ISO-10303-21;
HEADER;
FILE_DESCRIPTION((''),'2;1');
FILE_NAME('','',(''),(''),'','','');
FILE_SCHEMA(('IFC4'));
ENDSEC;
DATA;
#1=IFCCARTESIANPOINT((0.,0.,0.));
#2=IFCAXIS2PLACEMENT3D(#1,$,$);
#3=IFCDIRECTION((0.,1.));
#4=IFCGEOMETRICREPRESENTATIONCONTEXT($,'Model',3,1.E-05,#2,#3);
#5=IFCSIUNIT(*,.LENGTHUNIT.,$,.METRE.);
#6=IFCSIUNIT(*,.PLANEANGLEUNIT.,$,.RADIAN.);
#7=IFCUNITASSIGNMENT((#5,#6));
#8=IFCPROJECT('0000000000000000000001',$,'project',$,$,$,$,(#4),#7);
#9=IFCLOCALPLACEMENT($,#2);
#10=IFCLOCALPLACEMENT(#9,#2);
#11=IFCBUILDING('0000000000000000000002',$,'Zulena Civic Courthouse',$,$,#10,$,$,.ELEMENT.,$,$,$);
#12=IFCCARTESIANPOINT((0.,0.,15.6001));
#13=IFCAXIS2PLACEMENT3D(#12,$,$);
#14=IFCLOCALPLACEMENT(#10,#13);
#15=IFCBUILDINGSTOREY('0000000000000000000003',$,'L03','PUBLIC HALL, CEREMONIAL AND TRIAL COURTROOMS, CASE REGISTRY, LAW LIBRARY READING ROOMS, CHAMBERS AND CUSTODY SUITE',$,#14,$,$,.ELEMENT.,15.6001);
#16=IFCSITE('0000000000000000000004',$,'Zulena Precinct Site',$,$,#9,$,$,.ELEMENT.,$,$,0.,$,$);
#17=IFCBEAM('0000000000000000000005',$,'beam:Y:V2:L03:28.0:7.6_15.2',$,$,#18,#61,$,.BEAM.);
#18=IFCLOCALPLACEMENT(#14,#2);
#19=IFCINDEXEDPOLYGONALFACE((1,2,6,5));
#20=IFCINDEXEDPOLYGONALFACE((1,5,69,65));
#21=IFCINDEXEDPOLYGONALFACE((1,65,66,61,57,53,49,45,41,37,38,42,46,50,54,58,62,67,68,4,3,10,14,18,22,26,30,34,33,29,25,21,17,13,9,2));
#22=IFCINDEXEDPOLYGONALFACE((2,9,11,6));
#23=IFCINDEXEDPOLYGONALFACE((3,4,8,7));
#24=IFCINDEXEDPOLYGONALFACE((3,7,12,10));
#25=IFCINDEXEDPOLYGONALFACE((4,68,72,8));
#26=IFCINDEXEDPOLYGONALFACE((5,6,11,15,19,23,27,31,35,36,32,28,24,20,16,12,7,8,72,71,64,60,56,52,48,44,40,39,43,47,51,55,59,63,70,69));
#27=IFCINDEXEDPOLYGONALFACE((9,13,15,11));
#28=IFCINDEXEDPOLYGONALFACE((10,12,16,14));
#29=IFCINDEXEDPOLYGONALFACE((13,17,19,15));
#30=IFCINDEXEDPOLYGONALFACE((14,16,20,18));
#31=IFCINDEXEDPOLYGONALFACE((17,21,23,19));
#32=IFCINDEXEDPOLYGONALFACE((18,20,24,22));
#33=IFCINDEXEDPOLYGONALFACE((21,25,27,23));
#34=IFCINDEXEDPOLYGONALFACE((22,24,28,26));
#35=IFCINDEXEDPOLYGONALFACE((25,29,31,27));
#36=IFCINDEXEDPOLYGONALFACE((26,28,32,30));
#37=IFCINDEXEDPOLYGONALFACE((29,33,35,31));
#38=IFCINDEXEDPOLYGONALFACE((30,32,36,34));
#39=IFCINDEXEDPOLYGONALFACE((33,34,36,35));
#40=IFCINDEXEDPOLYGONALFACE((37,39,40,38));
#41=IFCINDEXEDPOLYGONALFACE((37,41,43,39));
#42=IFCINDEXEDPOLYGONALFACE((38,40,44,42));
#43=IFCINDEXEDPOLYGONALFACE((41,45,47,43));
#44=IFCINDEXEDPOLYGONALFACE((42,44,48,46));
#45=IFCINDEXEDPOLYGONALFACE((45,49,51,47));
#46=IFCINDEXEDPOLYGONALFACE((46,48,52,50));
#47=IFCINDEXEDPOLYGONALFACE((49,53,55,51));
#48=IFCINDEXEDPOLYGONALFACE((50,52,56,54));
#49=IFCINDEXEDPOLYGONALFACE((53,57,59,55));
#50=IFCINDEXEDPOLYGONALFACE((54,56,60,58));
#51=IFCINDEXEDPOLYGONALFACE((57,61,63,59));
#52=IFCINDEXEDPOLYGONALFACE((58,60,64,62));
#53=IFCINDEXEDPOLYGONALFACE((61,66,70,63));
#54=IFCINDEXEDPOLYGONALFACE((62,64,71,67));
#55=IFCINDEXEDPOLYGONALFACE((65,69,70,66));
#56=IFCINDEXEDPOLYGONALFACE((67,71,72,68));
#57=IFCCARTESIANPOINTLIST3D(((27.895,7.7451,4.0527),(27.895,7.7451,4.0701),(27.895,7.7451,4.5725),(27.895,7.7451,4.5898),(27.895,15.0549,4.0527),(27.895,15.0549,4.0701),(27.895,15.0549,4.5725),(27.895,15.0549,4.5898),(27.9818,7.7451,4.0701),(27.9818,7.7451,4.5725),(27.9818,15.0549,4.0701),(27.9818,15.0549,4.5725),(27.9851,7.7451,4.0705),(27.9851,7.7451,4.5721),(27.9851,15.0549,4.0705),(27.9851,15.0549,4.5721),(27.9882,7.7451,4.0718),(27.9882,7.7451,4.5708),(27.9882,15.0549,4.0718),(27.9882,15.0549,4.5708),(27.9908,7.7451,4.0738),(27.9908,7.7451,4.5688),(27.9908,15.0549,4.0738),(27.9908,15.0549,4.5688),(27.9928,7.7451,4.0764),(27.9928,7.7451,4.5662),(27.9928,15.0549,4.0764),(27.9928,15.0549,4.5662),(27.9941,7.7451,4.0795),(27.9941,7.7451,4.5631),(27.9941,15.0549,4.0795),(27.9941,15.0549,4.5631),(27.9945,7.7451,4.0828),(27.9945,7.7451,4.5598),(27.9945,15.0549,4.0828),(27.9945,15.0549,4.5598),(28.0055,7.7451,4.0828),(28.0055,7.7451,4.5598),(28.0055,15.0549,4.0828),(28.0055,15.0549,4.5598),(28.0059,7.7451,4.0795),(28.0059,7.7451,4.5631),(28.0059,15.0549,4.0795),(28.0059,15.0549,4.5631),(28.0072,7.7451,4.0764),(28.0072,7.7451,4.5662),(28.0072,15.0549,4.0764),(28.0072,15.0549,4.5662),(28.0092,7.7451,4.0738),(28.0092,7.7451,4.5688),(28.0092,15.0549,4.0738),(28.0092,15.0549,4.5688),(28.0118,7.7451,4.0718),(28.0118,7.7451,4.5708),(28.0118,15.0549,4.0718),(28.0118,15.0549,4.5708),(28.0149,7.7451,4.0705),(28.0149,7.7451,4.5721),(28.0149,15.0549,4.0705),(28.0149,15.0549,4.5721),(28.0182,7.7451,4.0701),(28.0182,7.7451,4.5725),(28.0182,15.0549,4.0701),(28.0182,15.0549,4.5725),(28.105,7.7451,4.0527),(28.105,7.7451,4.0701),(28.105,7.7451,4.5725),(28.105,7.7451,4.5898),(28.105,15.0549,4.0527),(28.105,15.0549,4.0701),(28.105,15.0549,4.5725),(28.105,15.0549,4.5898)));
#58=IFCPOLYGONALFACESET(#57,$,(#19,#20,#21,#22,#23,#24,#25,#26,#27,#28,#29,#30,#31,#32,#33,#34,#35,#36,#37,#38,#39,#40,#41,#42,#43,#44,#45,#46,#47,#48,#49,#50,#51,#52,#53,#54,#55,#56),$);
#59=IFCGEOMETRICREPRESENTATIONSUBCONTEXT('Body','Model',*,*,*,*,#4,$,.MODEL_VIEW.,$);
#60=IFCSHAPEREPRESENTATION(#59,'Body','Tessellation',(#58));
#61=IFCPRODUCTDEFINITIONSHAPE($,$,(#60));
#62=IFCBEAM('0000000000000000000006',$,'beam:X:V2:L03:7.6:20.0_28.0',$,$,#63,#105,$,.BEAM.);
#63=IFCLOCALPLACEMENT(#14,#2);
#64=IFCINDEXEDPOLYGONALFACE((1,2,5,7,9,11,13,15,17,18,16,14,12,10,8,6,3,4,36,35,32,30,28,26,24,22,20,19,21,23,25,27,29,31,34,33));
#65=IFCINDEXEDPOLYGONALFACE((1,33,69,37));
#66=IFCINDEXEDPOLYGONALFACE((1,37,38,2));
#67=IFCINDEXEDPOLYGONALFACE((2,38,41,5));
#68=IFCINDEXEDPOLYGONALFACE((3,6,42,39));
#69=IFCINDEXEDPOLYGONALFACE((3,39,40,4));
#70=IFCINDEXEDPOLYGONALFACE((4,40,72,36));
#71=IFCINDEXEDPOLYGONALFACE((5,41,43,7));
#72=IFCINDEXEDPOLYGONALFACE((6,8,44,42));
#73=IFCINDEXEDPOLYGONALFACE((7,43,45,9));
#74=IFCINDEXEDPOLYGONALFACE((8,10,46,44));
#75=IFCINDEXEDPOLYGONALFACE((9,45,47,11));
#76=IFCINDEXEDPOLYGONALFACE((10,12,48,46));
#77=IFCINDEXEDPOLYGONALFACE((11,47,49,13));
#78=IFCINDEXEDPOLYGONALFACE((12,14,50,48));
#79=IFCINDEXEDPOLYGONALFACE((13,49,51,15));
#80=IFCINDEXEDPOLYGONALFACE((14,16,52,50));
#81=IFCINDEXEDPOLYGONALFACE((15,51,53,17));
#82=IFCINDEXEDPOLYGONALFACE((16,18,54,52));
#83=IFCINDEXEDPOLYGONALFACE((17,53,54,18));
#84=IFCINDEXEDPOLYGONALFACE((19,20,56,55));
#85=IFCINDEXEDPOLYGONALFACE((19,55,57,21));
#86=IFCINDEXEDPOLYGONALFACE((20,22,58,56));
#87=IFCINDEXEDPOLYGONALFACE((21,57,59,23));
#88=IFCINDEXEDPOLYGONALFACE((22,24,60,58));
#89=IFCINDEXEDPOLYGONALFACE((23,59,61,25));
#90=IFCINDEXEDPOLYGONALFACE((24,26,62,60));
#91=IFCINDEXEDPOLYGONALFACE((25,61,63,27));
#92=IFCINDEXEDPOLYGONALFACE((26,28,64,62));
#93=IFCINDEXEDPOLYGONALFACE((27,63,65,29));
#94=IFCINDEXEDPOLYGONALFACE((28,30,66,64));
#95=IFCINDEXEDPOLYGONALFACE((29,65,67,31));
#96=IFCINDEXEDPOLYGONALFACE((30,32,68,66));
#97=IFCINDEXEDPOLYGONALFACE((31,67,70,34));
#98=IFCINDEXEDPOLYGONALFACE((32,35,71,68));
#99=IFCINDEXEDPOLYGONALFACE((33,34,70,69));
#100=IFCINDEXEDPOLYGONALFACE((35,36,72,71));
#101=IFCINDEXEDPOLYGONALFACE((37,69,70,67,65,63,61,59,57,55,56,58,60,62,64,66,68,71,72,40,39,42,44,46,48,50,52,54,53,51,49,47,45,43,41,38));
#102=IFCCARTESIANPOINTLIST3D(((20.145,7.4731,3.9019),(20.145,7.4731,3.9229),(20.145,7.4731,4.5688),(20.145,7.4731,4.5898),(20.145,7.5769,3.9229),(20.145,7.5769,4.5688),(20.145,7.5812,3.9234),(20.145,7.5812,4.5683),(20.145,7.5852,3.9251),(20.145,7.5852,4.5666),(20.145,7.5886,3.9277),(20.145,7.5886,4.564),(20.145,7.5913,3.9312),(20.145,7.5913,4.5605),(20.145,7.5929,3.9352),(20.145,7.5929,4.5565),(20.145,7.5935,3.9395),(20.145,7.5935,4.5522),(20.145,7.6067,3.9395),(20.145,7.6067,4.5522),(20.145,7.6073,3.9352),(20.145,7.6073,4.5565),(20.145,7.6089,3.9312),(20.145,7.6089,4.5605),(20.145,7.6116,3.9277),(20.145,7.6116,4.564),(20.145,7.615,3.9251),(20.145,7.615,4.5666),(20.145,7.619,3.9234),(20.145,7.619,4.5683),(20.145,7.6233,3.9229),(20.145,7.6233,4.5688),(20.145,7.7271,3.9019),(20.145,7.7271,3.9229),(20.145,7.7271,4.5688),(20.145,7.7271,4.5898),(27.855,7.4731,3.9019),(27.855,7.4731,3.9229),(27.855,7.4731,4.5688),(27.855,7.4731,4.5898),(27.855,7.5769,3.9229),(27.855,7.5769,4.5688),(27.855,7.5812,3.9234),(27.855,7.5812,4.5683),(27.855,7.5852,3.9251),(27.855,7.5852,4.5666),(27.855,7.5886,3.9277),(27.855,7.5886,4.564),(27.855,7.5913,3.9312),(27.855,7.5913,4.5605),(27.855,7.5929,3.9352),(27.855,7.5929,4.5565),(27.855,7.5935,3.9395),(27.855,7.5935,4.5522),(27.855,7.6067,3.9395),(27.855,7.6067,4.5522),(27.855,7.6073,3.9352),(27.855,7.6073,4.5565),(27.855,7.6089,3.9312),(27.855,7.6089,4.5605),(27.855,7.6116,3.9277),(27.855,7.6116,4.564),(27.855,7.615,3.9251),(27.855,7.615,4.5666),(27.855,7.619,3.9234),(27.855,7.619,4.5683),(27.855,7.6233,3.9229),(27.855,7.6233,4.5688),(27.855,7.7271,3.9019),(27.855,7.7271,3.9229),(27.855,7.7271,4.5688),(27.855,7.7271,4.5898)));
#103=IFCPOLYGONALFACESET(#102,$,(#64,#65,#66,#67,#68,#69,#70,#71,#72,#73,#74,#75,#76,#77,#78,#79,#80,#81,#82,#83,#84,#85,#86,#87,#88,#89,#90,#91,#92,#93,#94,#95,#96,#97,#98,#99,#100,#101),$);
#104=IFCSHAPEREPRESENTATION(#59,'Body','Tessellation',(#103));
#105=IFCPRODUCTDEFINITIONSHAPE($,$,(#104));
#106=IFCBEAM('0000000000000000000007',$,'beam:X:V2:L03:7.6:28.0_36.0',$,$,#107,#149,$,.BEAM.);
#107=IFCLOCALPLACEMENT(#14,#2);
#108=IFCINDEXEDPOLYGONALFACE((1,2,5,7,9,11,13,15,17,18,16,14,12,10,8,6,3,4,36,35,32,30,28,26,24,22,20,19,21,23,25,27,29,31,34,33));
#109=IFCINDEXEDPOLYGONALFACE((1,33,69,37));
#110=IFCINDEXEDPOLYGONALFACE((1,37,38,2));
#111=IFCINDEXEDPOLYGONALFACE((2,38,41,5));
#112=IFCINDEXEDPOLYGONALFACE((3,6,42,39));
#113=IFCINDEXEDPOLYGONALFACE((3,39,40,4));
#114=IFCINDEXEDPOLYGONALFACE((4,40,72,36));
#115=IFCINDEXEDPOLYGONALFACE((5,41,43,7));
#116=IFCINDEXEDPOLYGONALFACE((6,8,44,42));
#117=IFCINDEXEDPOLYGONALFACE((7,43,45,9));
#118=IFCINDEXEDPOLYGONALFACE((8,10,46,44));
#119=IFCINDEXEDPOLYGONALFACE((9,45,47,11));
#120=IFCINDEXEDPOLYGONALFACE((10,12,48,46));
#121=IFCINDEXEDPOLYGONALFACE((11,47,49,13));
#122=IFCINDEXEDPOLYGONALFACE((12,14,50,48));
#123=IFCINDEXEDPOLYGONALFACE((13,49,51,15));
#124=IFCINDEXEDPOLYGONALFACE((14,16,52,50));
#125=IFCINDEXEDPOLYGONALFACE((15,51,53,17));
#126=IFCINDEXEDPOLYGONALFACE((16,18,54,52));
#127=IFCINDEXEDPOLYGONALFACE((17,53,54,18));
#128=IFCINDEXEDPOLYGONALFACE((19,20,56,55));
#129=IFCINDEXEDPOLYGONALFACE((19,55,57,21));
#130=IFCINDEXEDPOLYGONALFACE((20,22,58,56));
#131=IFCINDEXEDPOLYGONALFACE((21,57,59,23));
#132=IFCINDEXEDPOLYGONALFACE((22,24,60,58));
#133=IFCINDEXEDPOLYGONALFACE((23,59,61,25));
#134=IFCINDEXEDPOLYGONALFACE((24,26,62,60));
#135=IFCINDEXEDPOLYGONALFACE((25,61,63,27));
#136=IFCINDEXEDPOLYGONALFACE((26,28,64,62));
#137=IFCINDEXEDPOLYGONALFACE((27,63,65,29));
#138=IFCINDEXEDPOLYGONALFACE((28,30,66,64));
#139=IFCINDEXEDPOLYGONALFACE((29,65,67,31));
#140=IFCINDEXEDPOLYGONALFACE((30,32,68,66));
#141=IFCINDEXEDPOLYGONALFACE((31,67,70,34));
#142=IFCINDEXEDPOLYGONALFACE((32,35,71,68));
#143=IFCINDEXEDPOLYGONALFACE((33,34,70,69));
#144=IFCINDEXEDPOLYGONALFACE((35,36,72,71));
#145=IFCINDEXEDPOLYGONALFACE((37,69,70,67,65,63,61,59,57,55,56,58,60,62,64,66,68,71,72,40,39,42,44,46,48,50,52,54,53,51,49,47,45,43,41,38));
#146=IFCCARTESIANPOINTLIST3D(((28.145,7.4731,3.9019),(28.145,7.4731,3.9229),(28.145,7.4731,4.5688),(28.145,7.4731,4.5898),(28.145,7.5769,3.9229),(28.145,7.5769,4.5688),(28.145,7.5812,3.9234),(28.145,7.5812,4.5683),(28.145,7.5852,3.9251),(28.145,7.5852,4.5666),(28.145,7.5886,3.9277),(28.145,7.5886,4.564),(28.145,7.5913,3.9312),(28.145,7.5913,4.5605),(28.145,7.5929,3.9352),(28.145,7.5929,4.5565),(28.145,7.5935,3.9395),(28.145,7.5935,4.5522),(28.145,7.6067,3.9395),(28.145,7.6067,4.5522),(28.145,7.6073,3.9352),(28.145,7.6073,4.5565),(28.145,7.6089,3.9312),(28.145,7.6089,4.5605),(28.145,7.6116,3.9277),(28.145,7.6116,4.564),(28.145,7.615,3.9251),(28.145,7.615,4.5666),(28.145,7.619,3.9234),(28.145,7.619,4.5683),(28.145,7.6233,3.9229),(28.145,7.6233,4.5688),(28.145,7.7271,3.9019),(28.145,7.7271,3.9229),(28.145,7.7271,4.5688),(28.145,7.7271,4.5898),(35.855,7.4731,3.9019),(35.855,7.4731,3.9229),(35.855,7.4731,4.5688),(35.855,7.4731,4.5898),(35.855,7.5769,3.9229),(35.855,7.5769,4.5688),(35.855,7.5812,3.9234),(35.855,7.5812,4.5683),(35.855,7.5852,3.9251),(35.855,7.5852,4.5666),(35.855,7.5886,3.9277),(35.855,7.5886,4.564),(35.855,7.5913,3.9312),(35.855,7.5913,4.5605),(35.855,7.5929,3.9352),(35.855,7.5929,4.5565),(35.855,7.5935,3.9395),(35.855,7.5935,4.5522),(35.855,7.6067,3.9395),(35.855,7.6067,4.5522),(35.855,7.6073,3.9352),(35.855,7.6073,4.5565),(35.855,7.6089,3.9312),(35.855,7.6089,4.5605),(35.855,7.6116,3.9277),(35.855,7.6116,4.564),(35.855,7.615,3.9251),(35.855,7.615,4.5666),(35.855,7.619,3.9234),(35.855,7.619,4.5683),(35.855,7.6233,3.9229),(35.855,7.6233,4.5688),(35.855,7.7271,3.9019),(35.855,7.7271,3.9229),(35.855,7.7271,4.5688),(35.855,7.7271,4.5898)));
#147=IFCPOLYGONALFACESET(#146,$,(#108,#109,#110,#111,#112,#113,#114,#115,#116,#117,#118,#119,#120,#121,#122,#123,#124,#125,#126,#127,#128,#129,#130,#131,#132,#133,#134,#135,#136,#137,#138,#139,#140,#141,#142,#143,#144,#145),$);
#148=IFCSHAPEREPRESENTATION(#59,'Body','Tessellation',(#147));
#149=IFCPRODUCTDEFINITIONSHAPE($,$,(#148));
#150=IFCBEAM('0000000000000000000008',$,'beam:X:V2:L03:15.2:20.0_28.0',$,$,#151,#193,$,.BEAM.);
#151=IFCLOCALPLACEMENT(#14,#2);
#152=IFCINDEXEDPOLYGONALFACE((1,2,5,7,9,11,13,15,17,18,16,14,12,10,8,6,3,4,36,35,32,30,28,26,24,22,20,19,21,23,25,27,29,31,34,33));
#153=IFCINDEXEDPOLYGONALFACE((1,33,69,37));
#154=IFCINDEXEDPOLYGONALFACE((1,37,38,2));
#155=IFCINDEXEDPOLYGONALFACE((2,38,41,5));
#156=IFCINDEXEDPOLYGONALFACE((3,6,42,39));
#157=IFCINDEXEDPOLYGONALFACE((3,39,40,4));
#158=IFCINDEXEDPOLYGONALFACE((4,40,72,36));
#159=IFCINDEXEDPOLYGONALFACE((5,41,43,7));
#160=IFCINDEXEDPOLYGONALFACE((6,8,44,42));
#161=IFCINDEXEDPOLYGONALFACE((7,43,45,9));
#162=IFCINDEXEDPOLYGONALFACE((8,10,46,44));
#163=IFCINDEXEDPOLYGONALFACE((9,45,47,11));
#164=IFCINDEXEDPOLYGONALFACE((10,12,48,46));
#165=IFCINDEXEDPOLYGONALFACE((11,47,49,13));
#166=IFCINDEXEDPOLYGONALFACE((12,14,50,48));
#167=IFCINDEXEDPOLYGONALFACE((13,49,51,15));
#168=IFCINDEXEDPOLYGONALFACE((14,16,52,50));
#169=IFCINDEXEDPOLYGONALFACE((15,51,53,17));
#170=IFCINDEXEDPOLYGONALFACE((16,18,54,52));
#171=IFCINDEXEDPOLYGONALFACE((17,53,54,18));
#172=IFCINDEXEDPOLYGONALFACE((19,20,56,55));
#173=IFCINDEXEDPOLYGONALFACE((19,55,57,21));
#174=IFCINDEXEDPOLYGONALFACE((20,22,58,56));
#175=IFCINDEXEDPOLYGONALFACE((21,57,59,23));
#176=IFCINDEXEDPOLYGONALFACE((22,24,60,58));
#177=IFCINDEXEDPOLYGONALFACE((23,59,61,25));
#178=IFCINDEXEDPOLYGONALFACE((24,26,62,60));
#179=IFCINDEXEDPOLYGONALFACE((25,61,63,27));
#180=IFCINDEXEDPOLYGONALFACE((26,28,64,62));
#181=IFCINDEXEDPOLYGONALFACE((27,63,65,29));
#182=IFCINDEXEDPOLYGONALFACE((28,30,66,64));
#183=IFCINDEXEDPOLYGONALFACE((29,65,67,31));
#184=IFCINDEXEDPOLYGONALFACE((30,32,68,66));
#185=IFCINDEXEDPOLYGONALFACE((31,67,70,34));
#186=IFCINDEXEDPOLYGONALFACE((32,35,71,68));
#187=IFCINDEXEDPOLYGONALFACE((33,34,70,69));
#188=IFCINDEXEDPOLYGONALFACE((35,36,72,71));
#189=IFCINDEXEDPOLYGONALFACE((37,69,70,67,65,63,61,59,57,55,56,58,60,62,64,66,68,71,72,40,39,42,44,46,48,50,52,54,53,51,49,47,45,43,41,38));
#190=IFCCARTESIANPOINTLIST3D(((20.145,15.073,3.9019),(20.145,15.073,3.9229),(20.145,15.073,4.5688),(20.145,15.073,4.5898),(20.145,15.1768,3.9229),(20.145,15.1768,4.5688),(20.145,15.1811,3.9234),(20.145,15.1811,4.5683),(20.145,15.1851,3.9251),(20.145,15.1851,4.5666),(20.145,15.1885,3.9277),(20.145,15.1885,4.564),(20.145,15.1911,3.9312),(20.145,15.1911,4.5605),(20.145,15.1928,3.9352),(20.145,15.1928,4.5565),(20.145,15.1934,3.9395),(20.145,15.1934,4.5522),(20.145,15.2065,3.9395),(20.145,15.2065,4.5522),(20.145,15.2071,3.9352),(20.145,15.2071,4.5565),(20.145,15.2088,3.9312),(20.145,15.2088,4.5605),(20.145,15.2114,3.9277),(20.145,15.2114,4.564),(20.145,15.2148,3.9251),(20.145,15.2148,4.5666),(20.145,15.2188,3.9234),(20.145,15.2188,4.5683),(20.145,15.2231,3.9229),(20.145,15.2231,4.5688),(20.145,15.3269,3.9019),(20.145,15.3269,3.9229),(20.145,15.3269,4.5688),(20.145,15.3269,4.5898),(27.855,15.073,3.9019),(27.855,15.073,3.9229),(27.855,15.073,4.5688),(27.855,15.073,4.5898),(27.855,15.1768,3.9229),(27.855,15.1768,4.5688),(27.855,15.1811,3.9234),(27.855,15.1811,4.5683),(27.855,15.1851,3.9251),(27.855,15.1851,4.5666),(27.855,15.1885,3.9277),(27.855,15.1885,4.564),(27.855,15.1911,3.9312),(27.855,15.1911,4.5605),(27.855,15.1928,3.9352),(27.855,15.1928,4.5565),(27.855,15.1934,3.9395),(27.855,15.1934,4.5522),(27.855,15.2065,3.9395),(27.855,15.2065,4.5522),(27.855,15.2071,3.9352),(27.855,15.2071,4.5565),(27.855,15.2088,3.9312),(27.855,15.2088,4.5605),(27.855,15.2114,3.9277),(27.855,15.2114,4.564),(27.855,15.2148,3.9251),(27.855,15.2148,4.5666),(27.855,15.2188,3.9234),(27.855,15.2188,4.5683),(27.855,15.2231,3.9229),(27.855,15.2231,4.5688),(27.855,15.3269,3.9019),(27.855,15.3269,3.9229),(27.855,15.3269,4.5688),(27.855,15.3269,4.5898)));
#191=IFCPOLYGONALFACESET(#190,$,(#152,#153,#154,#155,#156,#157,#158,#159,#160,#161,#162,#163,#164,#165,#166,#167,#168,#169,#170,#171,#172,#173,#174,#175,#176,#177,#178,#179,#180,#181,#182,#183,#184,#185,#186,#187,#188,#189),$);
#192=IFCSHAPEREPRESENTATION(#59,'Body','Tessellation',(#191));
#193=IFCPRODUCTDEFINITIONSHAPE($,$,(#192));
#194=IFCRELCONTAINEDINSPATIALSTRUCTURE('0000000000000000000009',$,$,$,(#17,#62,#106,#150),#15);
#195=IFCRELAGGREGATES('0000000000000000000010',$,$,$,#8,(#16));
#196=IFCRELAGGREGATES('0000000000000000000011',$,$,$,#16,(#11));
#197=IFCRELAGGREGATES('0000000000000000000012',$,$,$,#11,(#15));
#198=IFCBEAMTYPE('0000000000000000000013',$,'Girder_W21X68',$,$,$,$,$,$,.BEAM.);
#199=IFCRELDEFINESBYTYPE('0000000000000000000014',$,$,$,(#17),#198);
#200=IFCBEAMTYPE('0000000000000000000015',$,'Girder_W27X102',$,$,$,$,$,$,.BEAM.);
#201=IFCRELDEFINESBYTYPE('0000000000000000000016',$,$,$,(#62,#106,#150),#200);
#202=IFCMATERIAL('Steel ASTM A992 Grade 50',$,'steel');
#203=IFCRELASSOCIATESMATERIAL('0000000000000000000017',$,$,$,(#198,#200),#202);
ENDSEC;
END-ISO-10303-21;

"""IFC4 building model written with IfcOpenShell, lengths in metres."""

from ifc_helpers import new_model, si_unit, direction, frame, origin, origin_2d, place, context, subcontext, project, spatial, i_section, extrude, material, material_profile, profile_set, type_object, element, save


model = new_model("IFC4")

# Units and contexts
model_context = context("Model", 3, precision=1e-05, world=origin(), true_north=direction((0.0, 1.0)))
body_context = subcontext(model_context, "Body", "Model", "MODEL_VIEW")
ifc_project = project(units=[si_unit("LENGTHUNIT", "METRE"), si_unit("PLANEANGLEUNIT", "RADIAN")], contexts=[model_context])

# Site, building, storey
site_placement = place(None, origin())
site = spatial("IfcSite", under=ifc_project, at=site_placement, Name="Zulena Precinct Site", CompositionType="ELEMENT", RefElevation=0.0)
building_placement = place(site_placement, origin())
building = spatial("IfcBuilding", under=site, at=building_placement, Name="Zulena Civic Courthouse", CompositionType="ELEMENT")
storey_placement = place(building_placement, frame((0.0, 0.0, 15.6001)))
storey = spatial("IfcBuildingStorey", under=building, at=storey_placement, Name="L03", Description="PUBLIC HALL, CEREMONIAL AND TRIAL COURTROOMS, CASE REGISTRY, LAW LIBRARY READING ROOMS, CHAMBERS AND CUSTODY SUITE", CompositionType="ELEMENT", Elevation=15.6001)

# Shared definitions
ifc_material_1 = material(Name="Steel ASTM A992 Grade 50", Category="steel")

# Beams
ifc_material_profile_1 = material_profile(ifc_material_1, i_section(OverallWidth=0.21, OverallDepth=0.5371, WebThickness=0.011, FlangeThickness=0.0173, FilletRadius=0.0127, at=origin_2d()), Name="W21X68")
ifc_profile_set_1 = profile_set([ifc_material_profile_1], Name="Steel ASTM A992 Grade 50")
beam_type_1 = type_object("IfcBeamType", Name="Girder_W21X68", PredefinedType="BEAM", material=ifc_profile_set_1)
for number, where, z_axis, x_axis, name in (
    (1, (28.0, 7.7451, 4.3213), (0.0, 1.0, 0.0), (-1.0, 0.0, 0.0), "beam:Y:V2:L03:28.0:7.6_15.2"),
):
    element("IfcBeam", number, at=place(storey_placement, frame(where, z_axis=z_axis, x_axis=x_axis)), inside=storey, type_object=beam_type_1, Name=name, PredefinedType="BEAM", context=body_context, shape_type="SweptSolid", body=[
        extrude(i_section(OverallWidth=0.21, OverallDepth=0.5371, WebThickness=0.011, FlangeThickness=0.0173, FilletRadius=0.0127, at=origin_2d()), origin(), (0.0, 0.0, 1.0), 7.3098),
    ])
ifc_material_profile_2 = material_profile(ifc_material_1, i_section(OverallWidth=0.2539, OverallDepth=0.688, WebThickness=0.0132, FlangeThickness=0.021, FilletRadius=0.0166, at=origin_2d()), Name="W27X102")
ifc_profile_set_2 = profile_set([ifc_material_profile_2], Name="Steel ASTM A992 Grade 50")
beam_type_2 = type_object("IfcBeamType", Name="Girder_W27X102", PredefinedType="BEAM", material=ifc_profile_set_2)
for number, where, z_axis, x_axis, name in (
    (2, (20.145, 7.6001, 4.2458), (1.0, 0.0, 0.0), (0.0, 1.0, 0.0), "beam:X:V2:L03:7.6:20.0_28.0"),
    (3, (28.145, 7.6001, 4.2458), (1.0, 0.0, 0.0), (0.0, 1.0, 0.0), "beam:X:V2:L03:7.6:28.0_36.0"),
    (4, (20.145, 15.2, 4.2458), (1.0, 0.0, 0.0), (0.0, 1.0, 0.0), "beam:X:V2:L03:15.2:20.0_28.0"),
):
    element("IfcBeam", number, at=place(storey_placement, frame(where, z_axis=z_axis, x_axis=x_axis)), inside=storey, type_object=beam_type_2, Name=name, PredefinedType="BEAM", context=body_context, shape_type="SweptSolid", body=[
        extrude(i_section(OverallWidth=0.2539, OverallDepth=0.688, WebThickness=0.0132, FlangeThickness=0.021, FilletRadius=0.0166, at=origin_2d()), origin(), (0.0, 0.0, 1.0), 7.71),
    ])

save(model, "model.ifc")
